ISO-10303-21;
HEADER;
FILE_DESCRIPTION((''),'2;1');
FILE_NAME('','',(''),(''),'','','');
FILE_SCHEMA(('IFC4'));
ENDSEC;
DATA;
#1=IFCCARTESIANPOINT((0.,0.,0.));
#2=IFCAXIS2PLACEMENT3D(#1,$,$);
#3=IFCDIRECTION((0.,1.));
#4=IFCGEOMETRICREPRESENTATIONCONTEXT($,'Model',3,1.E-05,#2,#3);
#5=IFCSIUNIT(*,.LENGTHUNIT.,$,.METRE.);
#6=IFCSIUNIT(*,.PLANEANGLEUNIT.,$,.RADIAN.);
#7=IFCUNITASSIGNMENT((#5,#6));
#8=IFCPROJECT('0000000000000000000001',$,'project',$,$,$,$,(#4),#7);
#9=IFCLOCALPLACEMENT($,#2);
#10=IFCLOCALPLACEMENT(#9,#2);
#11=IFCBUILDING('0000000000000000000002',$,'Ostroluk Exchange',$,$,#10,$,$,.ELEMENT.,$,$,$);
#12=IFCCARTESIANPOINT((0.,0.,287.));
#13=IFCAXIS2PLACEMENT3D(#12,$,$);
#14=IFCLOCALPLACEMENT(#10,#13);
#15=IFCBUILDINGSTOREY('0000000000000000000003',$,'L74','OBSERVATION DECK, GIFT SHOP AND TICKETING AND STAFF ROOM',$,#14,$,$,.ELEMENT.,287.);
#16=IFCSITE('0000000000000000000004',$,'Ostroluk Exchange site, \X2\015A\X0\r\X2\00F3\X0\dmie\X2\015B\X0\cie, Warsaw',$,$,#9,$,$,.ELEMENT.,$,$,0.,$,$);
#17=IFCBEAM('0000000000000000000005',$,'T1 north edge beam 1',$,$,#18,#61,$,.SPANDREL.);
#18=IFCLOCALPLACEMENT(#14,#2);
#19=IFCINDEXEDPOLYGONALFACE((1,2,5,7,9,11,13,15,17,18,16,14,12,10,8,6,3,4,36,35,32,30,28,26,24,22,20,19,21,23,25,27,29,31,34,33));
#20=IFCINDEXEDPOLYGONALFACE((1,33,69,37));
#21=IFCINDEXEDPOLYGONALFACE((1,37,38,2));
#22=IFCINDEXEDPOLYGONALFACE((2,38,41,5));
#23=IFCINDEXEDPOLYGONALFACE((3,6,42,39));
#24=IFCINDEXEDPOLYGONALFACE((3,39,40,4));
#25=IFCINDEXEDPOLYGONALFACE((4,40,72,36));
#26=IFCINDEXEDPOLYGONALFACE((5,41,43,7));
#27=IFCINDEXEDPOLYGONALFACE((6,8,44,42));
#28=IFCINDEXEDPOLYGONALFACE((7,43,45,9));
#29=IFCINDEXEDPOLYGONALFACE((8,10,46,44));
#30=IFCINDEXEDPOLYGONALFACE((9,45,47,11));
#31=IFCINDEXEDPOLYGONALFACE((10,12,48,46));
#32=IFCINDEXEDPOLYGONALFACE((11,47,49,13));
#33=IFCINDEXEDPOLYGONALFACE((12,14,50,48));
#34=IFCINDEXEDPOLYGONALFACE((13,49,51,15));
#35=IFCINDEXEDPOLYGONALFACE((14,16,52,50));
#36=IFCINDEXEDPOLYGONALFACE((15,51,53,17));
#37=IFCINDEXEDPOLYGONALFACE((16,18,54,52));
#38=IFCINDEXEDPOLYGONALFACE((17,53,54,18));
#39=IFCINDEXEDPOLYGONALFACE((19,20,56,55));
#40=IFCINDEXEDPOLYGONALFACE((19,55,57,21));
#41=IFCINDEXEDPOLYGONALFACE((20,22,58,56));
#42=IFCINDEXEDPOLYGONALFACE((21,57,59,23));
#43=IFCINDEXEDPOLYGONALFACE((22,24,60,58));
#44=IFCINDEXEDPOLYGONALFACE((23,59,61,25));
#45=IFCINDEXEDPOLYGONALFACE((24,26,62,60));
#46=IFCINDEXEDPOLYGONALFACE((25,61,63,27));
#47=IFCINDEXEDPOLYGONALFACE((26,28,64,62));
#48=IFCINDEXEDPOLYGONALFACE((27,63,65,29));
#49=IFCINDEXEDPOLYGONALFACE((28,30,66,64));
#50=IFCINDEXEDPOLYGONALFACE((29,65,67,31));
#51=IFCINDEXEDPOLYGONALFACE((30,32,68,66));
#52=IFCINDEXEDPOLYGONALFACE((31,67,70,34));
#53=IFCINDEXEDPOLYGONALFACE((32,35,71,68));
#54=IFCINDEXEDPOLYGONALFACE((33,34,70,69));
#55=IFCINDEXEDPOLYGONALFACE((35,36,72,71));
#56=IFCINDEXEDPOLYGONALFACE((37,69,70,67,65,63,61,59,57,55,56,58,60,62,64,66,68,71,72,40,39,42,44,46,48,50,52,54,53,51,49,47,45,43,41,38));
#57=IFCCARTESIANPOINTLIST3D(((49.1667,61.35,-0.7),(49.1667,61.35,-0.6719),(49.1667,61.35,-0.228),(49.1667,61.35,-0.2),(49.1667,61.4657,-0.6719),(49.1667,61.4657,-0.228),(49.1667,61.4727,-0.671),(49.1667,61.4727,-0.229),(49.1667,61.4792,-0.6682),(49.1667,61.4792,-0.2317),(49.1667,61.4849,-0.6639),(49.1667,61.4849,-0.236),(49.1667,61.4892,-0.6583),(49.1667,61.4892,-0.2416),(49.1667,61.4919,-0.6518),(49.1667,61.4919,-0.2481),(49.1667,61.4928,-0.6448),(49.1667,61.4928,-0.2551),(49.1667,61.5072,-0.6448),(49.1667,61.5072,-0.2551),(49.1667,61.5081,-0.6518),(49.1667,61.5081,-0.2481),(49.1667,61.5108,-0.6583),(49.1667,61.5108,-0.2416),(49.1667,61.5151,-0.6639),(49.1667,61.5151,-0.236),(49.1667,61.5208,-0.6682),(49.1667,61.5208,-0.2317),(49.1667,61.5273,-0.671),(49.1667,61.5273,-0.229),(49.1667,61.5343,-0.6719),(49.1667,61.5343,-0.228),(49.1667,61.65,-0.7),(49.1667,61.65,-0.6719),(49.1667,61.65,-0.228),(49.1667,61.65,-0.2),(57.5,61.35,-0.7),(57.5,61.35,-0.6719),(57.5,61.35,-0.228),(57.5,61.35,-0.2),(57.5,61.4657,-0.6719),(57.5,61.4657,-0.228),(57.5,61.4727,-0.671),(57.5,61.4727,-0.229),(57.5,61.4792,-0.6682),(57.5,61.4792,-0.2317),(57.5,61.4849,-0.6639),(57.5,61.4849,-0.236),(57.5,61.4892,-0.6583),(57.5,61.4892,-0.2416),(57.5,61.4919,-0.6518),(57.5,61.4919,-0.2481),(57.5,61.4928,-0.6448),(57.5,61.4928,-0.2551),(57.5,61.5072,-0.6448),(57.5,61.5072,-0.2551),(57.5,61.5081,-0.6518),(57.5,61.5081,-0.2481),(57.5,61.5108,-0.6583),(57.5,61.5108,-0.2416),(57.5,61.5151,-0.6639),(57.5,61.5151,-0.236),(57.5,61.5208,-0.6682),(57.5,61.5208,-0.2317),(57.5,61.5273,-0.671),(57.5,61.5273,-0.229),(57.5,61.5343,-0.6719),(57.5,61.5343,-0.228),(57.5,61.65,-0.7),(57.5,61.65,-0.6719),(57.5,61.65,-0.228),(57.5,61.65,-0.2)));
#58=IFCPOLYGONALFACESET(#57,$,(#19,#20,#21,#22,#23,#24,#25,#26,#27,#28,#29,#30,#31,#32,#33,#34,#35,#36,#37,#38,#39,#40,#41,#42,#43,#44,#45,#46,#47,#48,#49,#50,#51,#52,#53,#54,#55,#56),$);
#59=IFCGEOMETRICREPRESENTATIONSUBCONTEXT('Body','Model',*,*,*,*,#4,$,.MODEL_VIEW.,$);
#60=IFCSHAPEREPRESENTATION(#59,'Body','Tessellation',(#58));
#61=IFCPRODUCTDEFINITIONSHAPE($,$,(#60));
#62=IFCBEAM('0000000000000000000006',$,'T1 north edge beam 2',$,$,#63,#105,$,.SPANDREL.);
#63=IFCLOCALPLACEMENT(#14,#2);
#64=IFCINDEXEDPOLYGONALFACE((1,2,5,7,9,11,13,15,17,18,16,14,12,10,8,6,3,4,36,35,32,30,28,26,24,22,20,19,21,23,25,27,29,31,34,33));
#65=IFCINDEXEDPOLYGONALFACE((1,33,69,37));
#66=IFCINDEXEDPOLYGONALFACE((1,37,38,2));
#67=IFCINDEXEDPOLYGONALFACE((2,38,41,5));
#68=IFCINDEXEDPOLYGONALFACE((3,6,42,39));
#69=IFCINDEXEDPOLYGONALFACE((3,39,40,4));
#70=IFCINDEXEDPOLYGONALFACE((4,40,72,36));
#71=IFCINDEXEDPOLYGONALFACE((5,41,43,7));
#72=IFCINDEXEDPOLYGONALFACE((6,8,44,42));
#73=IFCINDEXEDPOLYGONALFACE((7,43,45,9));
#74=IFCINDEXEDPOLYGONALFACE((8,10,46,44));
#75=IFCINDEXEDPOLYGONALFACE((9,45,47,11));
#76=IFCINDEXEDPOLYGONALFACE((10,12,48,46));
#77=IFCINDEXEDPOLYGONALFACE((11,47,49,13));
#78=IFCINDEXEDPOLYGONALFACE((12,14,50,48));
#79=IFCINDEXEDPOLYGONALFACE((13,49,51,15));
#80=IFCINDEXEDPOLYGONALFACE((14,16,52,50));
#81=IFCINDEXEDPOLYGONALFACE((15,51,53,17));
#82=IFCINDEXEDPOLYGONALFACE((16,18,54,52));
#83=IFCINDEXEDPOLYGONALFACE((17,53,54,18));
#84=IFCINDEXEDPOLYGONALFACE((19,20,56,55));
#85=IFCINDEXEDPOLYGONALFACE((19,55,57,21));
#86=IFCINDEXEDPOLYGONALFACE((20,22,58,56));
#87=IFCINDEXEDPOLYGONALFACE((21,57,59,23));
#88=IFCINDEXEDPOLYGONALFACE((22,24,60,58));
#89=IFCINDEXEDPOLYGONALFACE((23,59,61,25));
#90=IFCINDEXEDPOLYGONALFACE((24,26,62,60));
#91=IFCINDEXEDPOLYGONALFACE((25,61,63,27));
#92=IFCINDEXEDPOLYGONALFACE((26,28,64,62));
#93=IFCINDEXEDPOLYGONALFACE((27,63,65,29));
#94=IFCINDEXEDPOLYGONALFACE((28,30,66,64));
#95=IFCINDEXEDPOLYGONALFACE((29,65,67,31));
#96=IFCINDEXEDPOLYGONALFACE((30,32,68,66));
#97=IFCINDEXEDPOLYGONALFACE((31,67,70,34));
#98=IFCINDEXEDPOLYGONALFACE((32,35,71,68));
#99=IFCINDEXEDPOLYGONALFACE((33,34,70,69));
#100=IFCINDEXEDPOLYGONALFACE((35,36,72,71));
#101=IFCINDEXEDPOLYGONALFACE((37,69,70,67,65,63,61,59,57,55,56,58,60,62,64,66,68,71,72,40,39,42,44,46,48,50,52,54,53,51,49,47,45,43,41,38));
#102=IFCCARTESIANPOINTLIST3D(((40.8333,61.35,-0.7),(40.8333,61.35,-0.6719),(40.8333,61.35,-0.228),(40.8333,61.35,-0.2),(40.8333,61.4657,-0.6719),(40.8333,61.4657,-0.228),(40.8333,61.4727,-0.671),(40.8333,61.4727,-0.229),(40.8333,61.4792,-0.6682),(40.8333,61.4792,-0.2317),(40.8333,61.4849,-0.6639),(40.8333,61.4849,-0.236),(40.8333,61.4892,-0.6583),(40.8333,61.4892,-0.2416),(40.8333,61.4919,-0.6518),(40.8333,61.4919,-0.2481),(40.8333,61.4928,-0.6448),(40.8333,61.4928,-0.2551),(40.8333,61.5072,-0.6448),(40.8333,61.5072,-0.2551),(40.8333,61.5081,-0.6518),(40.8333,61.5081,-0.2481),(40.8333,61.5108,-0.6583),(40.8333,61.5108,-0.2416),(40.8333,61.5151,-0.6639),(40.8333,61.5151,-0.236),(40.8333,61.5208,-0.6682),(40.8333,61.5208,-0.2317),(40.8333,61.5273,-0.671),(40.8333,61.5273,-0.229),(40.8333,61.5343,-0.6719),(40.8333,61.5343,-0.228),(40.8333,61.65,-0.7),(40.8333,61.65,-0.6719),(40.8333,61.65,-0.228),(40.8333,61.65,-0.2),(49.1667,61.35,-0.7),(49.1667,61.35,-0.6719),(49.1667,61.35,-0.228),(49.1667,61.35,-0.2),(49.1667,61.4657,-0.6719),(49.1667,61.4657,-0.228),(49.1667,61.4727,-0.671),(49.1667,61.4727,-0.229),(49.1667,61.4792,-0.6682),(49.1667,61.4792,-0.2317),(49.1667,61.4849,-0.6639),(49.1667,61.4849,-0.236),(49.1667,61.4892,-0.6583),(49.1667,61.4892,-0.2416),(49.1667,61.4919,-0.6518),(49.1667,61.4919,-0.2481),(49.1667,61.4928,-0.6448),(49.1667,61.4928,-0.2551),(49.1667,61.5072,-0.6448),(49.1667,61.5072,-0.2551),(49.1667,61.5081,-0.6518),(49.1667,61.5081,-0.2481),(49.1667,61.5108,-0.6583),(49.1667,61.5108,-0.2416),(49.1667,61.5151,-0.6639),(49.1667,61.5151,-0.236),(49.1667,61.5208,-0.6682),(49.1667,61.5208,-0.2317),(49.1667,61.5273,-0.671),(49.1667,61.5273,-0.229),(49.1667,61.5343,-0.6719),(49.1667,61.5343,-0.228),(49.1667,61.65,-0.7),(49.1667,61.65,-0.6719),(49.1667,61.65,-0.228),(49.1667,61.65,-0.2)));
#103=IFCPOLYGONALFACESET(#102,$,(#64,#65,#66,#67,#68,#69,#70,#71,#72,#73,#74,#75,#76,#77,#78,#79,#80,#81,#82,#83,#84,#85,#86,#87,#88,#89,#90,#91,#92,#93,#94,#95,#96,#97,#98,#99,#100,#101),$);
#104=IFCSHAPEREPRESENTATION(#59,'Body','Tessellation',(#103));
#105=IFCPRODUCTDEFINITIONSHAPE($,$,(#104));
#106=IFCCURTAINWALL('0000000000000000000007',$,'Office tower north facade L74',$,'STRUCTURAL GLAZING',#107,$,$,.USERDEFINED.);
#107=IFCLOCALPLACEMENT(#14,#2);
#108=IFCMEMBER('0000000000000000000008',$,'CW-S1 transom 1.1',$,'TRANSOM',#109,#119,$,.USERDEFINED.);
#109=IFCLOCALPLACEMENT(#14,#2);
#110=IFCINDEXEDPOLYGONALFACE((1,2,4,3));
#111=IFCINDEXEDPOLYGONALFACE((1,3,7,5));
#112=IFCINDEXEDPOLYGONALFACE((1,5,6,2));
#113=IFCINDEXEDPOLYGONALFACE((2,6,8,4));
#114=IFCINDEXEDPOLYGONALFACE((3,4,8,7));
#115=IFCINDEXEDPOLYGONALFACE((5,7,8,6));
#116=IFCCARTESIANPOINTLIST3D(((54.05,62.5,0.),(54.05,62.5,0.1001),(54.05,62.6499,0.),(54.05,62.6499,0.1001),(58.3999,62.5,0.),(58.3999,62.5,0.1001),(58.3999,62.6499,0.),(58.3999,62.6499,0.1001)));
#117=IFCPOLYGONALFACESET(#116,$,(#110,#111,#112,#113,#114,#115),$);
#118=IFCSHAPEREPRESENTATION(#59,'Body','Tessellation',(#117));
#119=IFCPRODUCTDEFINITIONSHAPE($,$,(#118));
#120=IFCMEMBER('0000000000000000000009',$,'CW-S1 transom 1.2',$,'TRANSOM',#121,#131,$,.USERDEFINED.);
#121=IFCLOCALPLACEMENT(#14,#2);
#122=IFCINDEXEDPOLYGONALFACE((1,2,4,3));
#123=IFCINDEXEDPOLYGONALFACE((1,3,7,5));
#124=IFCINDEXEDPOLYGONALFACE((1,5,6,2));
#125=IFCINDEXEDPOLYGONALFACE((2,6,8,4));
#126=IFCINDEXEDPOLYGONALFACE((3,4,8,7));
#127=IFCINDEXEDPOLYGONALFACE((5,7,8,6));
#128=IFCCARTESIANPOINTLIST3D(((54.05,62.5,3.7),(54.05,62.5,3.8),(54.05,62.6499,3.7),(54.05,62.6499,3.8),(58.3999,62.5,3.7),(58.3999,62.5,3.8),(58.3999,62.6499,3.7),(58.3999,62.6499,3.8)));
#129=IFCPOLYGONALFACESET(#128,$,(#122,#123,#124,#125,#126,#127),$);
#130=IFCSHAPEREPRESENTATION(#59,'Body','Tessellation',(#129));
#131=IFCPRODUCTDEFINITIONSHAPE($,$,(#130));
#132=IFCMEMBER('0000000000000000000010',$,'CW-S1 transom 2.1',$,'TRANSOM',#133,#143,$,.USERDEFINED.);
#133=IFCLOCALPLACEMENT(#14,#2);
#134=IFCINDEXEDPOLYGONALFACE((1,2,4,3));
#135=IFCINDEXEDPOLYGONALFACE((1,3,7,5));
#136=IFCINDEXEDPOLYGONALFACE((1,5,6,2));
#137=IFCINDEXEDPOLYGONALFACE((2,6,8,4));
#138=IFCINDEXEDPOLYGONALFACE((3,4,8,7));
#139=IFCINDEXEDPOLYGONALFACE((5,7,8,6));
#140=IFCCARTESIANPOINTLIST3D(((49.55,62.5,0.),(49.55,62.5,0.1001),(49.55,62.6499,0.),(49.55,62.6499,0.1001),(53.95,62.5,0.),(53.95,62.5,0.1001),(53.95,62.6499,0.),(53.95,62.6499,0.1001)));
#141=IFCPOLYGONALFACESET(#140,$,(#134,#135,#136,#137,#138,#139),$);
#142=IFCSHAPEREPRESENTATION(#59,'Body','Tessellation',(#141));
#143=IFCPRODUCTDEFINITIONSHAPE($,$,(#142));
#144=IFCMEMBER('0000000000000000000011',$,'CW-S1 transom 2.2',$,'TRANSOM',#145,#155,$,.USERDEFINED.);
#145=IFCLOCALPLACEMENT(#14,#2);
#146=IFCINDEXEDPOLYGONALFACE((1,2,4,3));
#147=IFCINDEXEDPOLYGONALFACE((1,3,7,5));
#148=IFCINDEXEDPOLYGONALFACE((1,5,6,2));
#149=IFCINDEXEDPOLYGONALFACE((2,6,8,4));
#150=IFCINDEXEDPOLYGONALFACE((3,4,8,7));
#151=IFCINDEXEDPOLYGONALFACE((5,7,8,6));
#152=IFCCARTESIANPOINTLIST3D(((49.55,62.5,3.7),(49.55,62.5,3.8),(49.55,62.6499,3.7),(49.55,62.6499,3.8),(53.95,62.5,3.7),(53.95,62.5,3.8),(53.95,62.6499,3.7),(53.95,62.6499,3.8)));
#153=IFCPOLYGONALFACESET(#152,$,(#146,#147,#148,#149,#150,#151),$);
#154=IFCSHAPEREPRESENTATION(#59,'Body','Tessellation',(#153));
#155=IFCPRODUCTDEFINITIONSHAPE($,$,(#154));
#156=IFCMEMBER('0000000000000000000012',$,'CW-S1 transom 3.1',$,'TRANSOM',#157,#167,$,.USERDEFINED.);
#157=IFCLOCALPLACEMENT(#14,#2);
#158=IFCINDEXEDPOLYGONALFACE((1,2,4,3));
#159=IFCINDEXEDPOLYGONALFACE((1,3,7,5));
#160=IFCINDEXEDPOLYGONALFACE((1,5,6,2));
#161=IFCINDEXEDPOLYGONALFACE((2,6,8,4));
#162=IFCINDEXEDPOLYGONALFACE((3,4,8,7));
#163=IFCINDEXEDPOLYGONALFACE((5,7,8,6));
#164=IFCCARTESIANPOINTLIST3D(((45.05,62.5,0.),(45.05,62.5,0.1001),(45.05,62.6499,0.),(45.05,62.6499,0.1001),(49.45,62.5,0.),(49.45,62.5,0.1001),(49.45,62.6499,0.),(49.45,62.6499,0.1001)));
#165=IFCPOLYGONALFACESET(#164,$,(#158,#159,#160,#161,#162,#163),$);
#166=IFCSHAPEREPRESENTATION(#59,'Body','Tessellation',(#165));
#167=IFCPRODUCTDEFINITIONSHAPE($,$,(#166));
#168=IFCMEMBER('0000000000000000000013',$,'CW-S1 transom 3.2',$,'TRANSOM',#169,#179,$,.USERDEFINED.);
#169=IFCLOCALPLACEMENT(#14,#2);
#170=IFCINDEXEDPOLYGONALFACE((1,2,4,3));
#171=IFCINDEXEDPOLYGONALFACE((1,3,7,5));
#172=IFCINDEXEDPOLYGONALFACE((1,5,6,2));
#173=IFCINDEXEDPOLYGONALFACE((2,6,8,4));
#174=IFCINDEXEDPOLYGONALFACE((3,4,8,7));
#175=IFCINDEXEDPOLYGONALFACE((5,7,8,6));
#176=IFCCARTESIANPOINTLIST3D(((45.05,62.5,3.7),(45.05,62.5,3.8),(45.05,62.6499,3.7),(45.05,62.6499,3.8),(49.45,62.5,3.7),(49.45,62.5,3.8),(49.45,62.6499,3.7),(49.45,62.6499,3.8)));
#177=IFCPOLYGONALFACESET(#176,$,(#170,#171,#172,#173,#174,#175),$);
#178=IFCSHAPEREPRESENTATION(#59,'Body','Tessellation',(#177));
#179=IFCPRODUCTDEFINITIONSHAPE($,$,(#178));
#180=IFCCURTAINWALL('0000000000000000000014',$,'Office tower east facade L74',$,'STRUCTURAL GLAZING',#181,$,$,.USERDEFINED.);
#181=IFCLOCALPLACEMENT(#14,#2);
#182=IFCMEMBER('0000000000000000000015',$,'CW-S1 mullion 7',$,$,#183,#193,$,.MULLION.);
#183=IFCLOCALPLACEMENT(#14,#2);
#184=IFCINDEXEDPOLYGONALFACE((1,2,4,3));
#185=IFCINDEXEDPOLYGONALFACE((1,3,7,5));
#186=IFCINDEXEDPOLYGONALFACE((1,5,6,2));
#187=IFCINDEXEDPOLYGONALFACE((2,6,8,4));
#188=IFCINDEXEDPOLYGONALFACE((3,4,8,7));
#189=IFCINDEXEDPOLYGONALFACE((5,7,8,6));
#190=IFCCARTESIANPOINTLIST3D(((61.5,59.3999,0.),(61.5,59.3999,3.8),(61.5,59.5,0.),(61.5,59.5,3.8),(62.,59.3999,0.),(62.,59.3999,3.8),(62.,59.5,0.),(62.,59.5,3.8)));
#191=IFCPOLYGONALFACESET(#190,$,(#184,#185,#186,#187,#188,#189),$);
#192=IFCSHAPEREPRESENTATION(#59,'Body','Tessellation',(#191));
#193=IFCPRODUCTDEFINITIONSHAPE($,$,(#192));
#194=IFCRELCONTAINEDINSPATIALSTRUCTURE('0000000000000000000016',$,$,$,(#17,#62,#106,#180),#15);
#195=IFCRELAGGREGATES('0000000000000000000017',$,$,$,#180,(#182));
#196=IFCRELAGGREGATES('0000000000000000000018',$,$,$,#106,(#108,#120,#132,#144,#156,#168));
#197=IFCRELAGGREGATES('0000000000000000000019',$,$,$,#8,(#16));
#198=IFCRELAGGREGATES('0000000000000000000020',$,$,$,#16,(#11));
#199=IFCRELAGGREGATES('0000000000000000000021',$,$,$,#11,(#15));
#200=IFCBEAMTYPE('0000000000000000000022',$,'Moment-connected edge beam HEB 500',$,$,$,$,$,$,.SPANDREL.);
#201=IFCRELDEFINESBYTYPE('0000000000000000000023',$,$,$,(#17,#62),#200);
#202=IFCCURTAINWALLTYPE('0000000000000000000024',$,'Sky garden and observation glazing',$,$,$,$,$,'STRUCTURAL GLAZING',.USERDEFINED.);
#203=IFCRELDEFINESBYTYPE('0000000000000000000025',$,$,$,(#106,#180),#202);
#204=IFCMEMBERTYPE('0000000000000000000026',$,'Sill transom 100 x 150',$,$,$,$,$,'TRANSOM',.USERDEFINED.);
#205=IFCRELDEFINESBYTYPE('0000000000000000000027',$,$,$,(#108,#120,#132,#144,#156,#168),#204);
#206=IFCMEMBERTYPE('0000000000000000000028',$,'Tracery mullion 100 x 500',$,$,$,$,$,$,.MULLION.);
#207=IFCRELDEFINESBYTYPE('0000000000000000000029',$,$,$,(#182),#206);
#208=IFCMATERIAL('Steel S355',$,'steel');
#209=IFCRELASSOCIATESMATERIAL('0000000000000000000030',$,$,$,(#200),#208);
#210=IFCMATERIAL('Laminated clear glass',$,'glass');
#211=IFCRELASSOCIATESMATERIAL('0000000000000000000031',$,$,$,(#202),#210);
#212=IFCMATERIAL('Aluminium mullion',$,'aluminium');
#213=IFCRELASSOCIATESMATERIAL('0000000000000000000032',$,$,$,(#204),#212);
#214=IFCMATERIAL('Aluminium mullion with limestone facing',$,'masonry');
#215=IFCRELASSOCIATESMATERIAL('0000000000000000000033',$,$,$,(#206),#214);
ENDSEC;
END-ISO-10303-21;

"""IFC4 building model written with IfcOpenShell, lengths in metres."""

from ifc_helpers import new_model, si_unit, direction, frame, origin, origin_2d, place, context, subcontext, project, spatial, rectangle, i_section, extrude, material, material_profile, profile_set, type_object, element, aggregate, save


model = new_model("IFC4")

# Units and contexts
model_context = context("Model", 3, precision=1e-05, world=origin(), true_north=direction((0.0, 1.0)))
body_context = subcontext(model_context, "Body", "Model", "MODEL_VIEW")
ifc_project = project(units=[si_unit("LENGTHUNIT", "METRE"), si_unit("PLANEANGLEUNIT", "RADIAN")], contexts=[model_context])

# Site, building, storey
site_placement = place(None, origin())
site = spatial("IfcSite", under=ifc_project, at=site_placement, Name="Ostroluk Exchange site, Śródmieście, Warsaw", CompositionType="ELEMENT", RefElevation=0.0)
building_placement = place(site_placement, origin())
building = spatial("IfcBuilding", under=site, at=building_placement, Name="Ostroluk Exchange", CompositionType="ELEMENT")
storey_placement = place(building_placement, frame((0.0, 0.0, 287.0)))
storey = spatial("IfcBuildingStorey", under=building, at=storey_placement, Name="L74", Description="OBSERVATION DECK, GIFT SHOP AND TICKETING AND STAFF ROOM", CompositionType="ELEMENT", Elevation=287.0)

# Beams
ifc_material_1 = material(Name="Steel S355", Category="steel")
ifc_material_profile_1 = material_profile(ifc_material_1, i_section(OverallWidth=0.3, OverallDepth=0.5, WebThickness=0.0144, FlangeThickness=0.0281, FilletRadius=0.0271, at=origin_2d()), Name="HEB 500")
ifc_profile_set_1 = profile_set([ifc_material_profile_1], Name="Steel S355")
beam_type_1 = type_object("IfcBeamType", Name="Moment-connected edge beam HEB 500", PredefinedType="SPANDREL", material=ifc_profile_set_1)
beam_1_placement = place(storey_placement, frame((57.5, 61.5, -0.45), z_axis=(-1.0, 0.0, 0.0), x_axis=(0.0, -1.0, 0.0)))
element("IfcBeam", 1, at=beam_1_placement, inside=storey, type_object=beam_type_1, Name="T1 north edge beam 1", PredefinedType="SPANDREL", context=body_context, shape_type="SweptSolid", body=[
    extrude(i_section(OverallWidth=0.3, OverallDepth=0.5, WebThickness=0.0144, FlangeThickness=0.0281, FilletRadius=0.0271, at=origin_2d()), origin(), (0.0, 0.0, 1.0), 8.3333),
])
beam_2_placement = place(storey_placement, frame((49.1667, 61.5, -0.45), z_axis=(-1.0, 0.0, 0.0), x_axis=(0.0, -1.0, 0.0)))
element("IfcBeam", 2, at=beam_2_placement, inside=storey, type_object=beam_type_1, Name="T1 north edge beam 2", PredefinedType="SPANDREL", context=body_context, shape_type="SweptSolid", body=[
    extrude(i_section(OverallWidth=0.3, OverallDepth=0.5, WebThickness=0.0144, FlangeThickness=0.0281, FilletRadius=0.0271, at=origin_2d()), origin(), (0.0, 0.0, 1.0), 8.3335),
])

# Curtain wall, members
ifc_material_2 = material(Name="Laminated clear glass", Category="glass")
curtain_wall_type = type_object("IfcCurtainWallType", Name="Sky garden and observation glazing", ElementType="STRUCTURAL GLAZING", PredefinedType="USERDEFINED", material=ifc_material_2)
curtain_wall_1_placement = place(storey_placement, origin())
curtain_wall_1 = element("IfcCurtainWall", 3, at=curtain_wall_1_placement, inside=storey, type_object=curtain_wall_type, Name="Office tower north facade L74", ObjectType="STRUCTURAL GLAZING", PredefinedType="USERDEFINED")
ifc_material_3 = material(Name="Aluminium mullion", Category="aluminium")
ifc_material_profile_2 = material_profile(ifc_material_3, rectangle(XDim=0.1499, YDim=0.1001, at=origin_2d()), Name="Sill transom 100 x 150")
ifc_profile_set_2 = profile_set([ifc_material_profile_2], Name="Aluminium mullion")
member_type_1 = type_object("IfcMemberType", Name="Sill transom 100 x 150", ElementType="TRANSOM", PredefinedType="USERDEFINED", material=ifc_profile_set_2)
member_1_placement = place(storey_placement, frame((58.3999, 62.575, 0.05), z_axis=(-1.0, 0.0, 0.0), x_axis=(0.0, -1.0, 0.0)))
member_1 = element("IfcMember", 4, at=member_1_placement, type_object=member_type_1, Name="CW-S1 transom 1.1", ObjectType="TRANSOM", PredefinedType="USERDEFINED", context=body_context, shape_type="SweptSolid", body=[
    extrude(rectangle(XDim=0.1499, YDim=0.1001, at=origin_2d()), origin(), (0.0, 0.0, 1.0), 4.3499),
])
member_2_placement = place(storey_placement, frame((58.3999, 62.575, 3.75), z_axis=(-1.0, 0.0, 0.0), x_axis=(0.0, -1.0, 0.0)))
member_2 = element("IfcMember", 5, at=member_2_placement, type_object=member_type_1, Name="CW-S1 transom 1.2", ObjectType="TRANSOM", PredefinedType="USERDEFINED", context=body_context, shape_type="SweptSolid", body=[
    extrude(rectangle(XDim=0.1499, YDim=0.1001, at=origin_2d()), origin(), (0.0, 0.0, 1.0), 4.3499),
])
member_3_placement = place(storey_placement, frame((53.95, 62.575, 0.05), z_axis=(-1.0, 0.0, 0.0), x_axis=(0.0, -1.0, 0.0)))
member_3 = element("IfcMember", 6, at=member_3_placement, type_object=member_type_1, Name="CW-S1 transom 2.1", ObjectType="TRANSOM", PredefinedType="USERDEFINED", context=body_context, shape_type="SweptSolid", body=[
    extrude(rectangle(XDim=0.1499, YDim=0.1001, at=origin_2d()), origin(), (0.0, 0.0, 1.0), 4.3999),
])
member_4_placement = place(storey_placement, frame((53.95, 62.575, 3.75), z_axis=(-1.0, 0.0, 0.0), x_axis=(0.0, -1.0, 0.0)))
member_4 = element("IfcMember", 7, at=member_4_placement, type_object=member_type_1, Name="CW-S1 transom 2.2", ObjectType="TRANSOM", PredefinedType="USERDEFINED", context=body_context, shape_type="SweptSolid", body=[
    extrude(rectangle(XDim=0.1499, YDim=0.1001, at=origin_2d()), origin(), (0.0, 0.0, 1.0), 4.3999),
])
member_5_placement = place(storey_placement, frame((49.45, 62.575, 0.05), z_axis=(-1.0, 0.0, 0.0), x_axis=(0.0, -1.0, 0.0)))
member_5 = element("IfcMember", 8, at=member_5_placement, type_object=member_type_1, Name="CW-S1 transom 3.1", ObjectType="TRANSOM", PredefinedType="USERDEFINED", context=body_context, shape_type="SweptSolid", body=[
    extrude(rectangle(XDim=0.1499, YDim=0.1001, at=origin_2d()), origin(), (0.0, 0.0, 1.0), 4.3999),
])
member_6_placement = place(storey_placement, frame((49.45, 62.575, 3.75), z_axis=(-1.0, 0.0, 0.0), x_axis=(0.0, -1.0, 0.0)))
member_6 = element("IfcMember", 9, at=member_6_placement, type_object=member_type_1, Name="CW-S1 transom 3.2", ObjectType="TRANSOM", PredefinedType="USERDEFINED", context=body_context, shape_type="SweptSolid", body=[
    extrude(rectangle(XDim=0.1499, YDim=0.1001, at=origin_2d()), origin(), (0.0, 0.0, 1.0), 4.3999),
])

# Curtain wall, member
curtain_wall_2_placement = place(storey_placement, origin())
curtain_wall_2 = element("IfcCurtainWall", 10, at=curtain_wall_2_placement, inside=storey, type_object=curtain_wall_type, Name="Office tower east facade L74", ObjectType="STRUCTURAL GLAZING", PredefinedType="USERDEFINED")
ifc_material_4 = material(Name="Aluminium mullion with limestone facing", Category="masonry")
ifc_material_profile_3 = material_profile(ifc_material_4, rectangle(XDim=0.5, YDim=0.1001, at=origin_2d()), Name="Tracery mullion 100 x 500")
ifc_profile_set_3 = profile_set([ifc_material_profile_3], Name="Aluminium mullion with limestone facing")
member_type_2 = type_object("IfcMemberType", Name="Tracery mullion 100 x 500", PredefinedType="MULLION", material=ifc_profile_set_3)
member_7_placement = place(storey_placement, frame((61.75, 59.45, 0.0), z_axis=(0.0, 0.0, 1.0), x_axis=(-1.0, 0.0, 0.0)))
member_7 = element("IfcMember", 11, at=member_7_placement, type_object=member_type_2, Name="CW-S1 mullion 7", PredefinedType="MULLION", context=body_context, shape_type="SweptSolid", body=[
    extrude(rectangle(XDim=0.5, YDim=0.1001, at=origin_2d()), origin(), (0.0, 0.0, 1.0), 3.8),
])

aggregate(curtain_wall_2, [member_7])
aggregate(curtain_wall_1, [member_1, member_2, member_3, member_4, member_5, member_6])

save(model, "model.ifc")
